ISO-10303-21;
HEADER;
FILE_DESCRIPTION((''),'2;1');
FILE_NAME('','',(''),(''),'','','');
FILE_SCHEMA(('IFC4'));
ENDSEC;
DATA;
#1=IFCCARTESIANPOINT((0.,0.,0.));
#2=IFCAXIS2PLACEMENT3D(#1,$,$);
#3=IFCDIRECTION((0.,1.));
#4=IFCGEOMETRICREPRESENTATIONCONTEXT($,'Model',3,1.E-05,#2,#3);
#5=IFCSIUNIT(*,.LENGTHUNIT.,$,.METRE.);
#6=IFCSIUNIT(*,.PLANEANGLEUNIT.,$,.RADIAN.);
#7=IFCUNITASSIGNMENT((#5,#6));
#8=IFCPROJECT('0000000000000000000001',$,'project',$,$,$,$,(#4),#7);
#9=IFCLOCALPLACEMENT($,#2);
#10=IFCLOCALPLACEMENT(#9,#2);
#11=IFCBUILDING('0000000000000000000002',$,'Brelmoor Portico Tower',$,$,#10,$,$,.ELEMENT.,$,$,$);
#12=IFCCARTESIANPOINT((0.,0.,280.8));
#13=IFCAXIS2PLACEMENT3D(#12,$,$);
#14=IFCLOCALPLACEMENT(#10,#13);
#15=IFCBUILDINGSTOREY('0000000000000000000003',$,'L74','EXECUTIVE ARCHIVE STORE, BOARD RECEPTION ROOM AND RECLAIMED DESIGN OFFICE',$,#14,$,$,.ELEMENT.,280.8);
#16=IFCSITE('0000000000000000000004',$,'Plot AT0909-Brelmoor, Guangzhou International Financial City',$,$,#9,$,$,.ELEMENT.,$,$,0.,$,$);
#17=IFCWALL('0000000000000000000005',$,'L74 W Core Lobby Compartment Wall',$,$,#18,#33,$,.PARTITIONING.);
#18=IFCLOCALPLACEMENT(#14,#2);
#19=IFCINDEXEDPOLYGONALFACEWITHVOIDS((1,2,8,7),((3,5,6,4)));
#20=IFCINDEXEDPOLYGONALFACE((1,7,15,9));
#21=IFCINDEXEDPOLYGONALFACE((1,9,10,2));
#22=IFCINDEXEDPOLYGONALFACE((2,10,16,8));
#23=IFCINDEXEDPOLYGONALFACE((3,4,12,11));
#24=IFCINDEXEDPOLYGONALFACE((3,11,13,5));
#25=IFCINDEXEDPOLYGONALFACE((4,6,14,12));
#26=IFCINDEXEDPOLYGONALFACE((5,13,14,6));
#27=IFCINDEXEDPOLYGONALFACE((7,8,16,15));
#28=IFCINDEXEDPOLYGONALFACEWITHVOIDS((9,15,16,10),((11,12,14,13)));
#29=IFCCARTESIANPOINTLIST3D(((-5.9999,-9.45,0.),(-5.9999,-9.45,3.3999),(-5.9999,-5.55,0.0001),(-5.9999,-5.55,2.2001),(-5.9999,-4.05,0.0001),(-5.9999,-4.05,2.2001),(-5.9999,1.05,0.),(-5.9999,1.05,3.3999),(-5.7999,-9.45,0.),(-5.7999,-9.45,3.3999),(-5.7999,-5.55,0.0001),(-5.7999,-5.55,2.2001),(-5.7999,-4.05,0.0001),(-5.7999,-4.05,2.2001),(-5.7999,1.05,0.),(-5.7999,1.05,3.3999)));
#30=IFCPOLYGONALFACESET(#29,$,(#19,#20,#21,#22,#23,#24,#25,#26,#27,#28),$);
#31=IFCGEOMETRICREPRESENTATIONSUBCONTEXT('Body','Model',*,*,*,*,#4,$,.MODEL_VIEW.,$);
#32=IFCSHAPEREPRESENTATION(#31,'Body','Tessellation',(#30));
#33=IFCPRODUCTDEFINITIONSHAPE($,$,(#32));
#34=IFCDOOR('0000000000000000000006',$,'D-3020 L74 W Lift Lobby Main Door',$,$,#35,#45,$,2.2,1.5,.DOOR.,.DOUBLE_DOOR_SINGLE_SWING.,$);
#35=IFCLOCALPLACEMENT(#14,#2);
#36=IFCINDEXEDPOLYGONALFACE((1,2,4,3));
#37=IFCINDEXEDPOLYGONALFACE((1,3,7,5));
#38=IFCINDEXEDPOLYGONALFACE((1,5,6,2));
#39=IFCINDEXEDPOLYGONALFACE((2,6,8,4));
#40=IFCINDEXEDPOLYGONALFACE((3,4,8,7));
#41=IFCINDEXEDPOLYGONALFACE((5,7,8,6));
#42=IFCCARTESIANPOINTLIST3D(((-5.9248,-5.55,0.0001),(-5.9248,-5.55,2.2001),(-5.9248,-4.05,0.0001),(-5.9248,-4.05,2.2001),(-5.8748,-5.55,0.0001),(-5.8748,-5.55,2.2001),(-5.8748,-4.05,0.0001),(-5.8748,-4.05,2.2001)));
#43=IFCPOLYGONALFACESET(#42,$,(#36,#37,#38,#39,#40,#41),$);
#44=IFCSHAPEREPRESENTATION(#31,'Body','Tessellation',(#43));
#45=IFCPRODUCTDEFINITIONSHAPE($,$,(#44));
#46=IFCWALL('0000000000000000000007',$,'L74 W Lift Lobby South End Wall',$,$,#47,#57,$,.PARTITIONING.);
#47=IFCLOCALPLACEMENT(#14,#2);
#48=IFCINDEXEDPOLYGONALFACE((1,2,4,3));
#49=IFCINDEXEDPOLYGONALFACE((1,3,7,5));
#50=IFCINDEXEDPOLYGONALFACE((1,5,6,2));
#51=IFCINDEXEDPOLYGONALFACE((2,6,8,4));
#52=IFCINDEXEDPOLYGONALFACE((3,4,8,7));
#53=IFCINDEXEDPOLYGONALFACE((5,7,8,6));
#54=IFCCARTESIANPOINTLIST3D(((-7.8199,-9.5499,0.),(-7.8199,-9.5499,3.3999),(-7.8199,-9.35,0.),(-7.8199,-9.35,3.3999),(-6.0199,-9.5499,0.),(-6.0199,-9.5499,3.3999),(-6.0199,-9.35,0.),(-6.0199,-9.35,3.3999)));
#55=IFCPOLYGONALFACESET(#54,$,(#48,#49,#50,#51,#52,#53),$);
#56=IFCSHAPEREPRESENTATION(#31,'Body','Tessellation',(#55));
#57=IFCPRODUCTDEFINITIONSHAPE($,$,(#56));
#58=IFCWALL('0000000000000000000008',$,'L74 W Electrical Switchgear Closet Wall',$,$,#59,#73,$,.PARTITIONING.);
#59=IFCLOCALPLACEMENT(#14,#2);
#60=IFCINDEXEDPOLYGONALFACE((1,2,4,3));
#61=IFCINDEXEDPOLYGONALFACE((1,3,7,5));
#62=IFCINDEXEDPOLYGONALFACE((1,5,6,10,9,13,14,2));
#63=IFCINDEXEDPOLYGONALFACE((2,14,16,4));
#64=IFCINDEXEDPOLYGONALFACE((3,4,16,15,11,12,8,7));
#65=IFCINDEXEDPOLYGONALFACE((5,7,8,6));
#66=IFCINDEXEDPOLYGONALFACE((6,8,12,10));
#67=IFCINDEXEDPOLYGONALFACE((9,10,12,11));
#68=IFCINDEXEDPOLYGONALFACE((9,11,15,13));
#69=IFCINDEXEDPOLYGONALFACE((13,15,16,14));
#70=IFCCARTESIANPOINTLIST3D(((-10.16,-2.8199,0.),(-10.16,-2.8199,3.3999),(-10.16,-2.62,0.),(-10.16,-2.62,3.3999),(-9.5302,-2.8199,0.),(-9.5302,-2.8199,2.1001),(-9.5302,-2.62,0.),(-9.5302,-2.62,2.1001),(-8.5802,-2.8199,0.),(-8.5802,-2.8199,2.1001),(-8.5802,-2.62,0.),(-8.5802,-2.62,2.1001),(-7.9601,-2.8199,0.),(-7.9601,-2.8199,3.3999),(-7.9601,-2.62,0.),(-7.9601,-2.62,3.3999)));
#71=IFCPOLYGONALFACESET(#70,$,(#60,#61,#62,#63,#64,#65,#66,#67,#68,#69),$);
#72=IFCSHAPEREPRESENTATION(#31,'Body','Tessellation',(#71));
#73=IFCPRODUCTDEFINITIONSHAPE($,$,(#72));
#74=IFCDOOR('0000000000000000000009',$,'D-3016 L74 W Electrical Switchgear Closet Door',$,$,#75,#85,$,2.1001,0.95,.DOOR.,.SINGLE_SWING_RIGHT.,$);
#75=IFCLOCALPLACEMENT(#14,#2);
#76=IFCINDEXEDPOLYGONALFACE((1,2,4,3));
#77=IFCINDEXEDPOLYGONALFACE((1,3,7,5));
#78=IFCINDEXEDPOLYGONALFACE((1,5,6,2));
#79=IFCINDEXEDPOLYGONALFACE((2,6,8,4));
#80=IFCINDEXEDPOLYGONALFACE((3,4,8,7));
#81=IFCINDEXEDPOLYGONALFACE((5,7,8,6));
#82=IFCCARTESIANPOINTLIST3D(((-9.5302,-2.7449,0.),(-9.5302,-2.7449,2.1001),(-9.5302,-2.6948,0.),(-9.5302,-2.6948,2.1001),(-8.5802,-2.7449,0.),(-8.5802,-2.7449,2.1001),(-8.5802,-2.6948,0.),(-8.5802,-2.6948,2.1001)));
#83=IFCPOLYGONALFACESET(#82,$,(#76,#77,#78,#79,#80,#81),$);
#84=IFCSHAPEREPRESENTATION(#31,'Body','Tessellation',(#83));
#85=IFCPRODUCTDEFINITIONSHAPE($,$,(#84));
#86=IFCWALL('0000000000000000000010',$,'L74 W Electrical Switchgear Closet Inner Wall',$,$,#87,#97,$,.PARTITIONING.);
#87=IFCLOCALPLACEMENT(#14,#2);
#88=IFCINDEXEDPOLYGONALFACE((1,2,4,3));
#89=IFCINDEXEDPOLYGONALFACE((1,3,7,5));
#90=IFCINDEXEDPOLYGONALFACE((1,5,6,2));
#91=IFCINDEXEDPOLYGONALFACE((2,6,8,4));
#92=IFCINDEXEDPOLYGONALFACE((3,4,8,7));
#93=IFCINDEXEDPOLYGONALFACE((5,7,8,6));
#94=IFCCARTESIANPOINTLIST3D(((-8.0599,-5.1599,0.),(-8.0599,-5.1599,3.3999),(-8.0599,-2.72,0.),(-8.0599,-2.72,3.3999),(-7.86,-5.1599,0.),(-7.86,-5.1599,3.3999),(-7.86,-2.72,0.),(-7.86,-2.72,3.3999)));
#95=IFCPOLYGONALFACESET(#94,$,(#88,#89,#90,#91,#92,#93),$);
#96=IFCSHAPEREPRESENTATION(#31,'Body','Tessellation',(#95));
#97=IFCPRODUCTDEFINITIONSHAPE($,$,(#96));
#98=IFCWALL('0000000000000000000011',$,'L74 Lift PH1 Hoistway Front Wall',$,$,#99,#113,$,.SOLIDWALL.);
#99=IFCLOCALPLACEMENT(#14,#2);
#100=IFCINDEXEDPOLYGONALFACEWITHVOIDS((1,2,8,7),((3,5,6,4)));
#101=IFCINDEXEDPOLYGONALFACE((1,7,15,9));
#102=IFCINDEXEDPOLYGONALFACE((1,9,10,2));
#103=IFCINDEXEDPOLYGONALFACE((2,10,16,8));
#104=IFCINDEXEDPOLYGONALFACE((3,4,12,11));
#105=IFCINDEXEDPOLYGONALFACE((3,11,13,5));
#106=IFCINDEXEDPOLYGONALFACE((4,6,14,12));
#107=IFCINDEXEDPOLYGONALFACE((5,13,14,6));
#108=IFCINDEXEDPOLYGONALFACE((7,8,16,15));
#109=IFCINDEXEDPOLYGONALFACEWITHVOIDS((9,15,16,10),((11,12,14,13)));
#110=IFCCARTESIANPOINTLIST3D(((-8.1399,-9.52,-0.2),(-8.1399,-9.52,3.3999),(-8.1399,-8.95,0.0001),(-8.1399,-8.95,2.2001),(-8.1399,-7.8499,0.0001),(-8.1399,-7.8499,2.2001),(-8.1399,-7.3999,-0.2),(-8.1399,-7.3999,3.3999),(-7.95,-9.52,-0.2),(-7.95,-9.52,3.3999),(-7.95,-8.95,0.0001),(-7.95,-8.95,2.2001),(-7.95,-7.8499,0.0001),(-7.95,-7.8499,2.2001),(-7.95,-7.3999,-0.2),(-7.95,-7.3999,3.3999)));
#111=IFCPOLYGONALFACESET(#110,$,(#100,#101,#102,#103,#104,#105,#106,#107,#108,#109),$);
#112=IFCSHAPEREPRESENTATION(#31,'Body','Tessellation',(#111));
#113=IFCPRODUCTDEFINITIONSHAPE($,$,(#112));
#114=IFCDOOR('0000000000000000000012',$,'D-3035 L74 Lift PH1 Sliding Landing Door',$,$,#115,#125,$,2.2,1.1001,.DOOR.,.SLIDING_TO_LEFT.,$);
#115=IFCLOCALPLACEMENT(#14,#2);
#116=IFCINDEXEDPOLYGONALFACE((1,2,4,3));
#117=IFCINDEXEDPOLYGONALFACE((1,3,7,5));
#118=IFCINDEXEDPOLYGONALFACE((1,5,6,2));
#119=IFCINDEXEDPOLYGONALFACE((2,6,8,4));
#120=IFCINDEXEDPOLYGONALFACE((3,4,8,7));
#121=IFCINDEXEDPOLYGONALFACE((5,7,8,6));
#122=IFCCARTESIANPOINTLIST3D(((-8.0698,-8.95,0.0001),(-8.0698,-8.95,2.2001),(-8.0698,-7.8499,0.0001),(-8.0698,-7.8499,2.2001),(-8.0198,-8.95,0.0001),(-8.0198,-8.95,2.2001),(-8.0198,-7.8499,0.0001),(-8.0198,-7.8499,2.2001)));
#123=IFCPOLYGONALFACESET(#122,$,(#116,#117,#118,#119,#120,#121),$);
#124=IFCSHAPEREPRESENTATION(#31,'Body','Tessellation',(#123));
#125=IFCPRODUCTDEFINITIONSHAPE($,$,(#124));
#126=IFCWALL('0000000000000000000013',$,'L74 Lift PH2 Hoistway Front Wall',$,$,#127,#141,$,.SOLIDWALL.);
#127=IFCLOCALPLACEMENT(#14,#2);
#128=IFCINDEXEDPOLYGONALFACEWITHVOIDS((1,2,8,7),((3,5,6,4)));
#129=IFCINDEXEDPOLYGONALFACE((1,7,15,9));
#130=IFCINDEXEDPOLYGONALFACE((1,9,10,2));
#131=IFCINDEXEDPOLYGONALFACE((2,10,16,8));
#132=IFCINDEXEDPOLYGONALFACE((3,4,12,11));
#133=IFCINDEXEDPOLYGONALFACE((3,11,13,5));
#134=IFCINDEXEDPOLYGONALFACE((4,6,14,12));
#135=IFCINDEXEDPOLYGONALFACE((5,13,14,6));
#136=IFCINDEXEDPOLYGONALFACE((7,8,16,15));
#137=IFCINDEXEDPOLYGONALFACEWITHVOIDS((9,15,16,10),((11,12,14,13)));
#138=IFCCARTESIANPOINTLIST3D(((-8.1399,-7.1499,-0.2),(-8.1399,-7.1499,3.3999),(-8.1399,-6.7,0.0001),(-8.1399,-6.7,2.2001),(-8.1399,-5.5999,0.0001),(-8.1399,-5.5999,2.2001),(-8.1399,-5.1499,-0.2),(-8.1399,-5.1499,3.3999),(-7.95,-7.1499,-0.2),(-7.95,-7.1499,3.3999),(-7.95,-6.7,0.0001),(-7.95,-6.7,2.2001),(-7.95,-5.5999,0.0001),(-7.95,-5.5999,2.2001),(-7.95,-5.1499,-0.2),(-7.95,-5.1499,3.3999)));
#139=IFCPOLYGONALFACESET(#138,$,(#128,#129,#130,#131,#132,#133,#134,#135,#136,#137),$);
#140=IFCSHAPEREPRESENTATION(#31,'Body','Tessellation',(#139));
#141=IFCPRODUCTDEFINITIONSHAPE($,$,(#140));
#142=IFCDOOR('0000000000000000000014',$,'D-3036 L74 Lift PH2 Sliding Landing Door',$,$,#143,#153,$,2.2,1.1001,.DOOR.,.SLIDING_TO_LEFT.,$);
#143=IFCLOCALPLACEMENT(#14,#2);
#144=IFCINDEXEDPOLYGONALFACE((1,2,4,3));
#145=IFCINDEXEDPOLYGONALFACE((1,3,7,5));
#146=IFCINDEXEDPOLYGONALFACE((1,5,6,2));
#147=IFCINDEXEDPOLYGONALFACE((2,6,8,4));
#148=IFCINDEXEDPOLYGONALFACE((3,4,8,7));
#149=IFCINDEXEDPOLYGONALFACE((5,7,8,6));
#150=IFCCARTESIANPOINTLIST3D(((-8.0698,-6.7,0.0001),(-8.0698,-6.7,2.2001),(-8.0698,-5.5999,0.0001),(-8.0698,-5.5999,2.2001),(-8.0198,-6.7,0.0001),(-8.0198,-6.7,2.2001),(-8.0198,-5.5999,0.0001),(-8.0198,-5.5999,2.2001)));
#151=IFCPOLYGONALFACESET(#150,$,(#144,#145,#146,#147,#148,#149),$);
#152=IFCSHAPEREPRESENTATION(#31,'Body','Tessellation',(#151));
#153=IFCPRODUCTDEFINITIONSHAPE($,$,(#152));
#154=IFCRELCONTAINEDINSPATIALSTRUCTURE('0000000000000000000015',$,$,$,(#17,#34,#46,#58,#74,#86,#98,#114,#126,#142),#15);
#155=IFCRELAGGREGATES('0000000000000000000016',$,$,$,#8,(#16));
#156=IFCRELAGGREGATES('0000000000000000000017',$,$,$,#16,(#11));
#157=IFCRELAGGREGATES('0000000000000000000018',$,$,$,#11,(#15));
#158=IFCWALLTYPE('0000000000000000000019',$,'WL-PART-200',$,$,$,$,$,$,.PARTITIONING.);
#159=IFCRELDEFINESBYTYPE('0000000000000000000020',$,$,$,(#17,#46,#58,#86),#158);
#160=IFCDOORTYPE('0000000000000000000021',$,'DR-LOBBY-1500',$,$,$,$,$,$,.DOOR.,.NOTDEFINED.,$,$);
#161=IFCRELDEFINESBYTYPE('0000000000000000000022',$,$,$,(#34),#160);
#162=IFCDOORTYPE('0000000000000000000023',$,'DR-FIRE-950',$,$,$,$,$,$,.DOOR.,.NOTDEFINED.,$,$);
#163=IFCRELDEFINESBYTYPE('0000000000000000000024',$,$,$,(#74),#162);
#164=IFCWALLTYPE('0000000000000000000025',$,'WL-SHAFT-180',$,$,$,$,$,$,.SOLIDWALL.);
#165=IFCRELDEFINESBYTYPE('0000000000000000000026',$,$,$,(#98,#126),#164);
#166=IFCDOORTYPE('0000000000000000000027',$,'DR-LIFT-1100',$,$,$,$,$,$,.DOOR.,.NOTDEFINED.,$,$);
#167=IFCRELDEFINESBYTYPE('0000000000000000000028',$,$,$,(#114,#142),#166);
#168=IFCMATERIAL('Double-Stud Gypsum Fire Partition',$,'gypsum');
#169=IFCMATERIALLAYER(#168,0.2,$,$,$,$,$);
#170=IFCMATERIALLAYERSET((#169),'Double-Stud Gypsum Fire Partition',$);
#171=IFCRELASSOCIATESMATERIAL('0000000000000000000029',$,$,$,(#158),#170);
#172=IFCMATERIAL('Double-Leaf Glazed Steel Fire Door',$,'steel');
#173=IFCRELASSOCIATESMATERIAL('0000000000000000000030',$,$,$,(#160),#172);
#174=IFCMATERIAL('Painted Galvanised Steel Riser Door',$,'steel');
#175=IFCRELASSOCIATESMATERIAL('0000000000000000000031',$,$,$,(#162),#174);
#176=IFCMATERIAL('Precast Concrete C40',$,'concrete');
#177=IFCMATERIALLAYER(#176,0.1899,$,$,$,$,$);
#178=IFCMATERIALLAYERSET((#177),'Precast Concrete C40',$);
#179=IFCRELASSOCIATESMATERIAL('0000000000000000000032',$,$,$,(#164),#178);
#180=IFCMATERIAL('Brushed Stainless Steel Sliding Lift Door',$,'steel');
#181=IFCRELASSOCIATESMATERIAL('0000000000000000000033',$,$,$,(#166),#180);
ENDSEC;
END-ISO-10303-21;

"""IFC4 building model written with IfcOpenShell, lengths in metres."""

from ifc_helpers import new_model, si_unit, direction, frame, frame_2d, origin, place, context, subcontext, project, spatial, rectangle, extrude, material, layer, layer_set, type_object, element, fill, save


model = new_model("IFC4")

# Units and contexts
model_context = context("Model", 3, precision=1e-05, world=origin(), true_north=direction((0.0, 1.0)))
body_context = subcontext(model_context, "Body", "Model", "MODEL_VIEW")
ifc_project = project(units=[si_unit("LENGTHUNIT", "METRE"), si_unit("PLANEANGLEUNIT", "RADIAN")], contexts=[model_context])

# Site, building, storey
site_placement = place(None, origin())
site = spatial("IfcSite", under=ifc_project, at=site_placement, Name="Plot AT0909-Brelmoor, Guangzhou International Financial City", CompositionType="ELEMENT", RefElevation=0.0)
building_placement = place(site_placement, origin())
building = spatial("IfcBuilding", under=site, at=building_placement, Name="Brelmoor Portico Tower", CompositionType="ELEMENT")
storey_placement = place(building_placement, frame((0.0, 0.0, 280.8)))
storey = spatial("IfcBuildingStorey", under=building, at=storey_placement, Name="L74", Description="EXECUTIVE ARCHIVE STORE, BOARD RECEPTION ROOM AND RECLAIMED DESIGN OFFICE", CompositionType="ELEMENT", Elevation=280.8)

# Wall, opening, door
ifc_material_1 = material(Name="Double-Stud Gypsum Fire Partition", Category="gypsum")
ifc_layer_1 = layer(ifc_material_1, 0.2)
ifc_layer_set_1 = layer_set([ifc_layer_1], Name="Double-Stud Gypsum Fire Partition")
wall_type_1 = type_object("IfcWallType", Name="WL-PART-200", PredefinedType="PARTITIONING", material=ifc_layer_set_1)
wall_1_placement = place(storey_placement, frame((-5.8999, -9.45, 0.0), z_axis=(0.0, 0.0, 1.0), x_axis=(0.0, 1.0, 0.0)))
wall_1 = element("IfcWall", 1, at=wall_1_placement, inside=storey, type_object=wall_type_1, Name="L74 W Core Lobby Compartment Wall", PredefinedType="PARTITIONING", context=body_context, shape_type="SweptSolid", body=[
    extrude(rectangle(XDim=10.5, YDim=0.2, at=frame_2d((5.25, 0.0))), origin(), (0.0, 0.0, 1.0), 3.3999),
])
opening_1_placement = place(wall_1_placement, frame((3.8999, 0.0, 0.0)))
opening_1 = element("IfcOpeningElement", 2, at=opening_1_placement, cuts=wall_1, PredefinedType="OPENING", context=body_context, shape_type="SweptSolid", body=[
    extrude(rectangle(XDim=1.5, YDim=2.2, at=frame_2d((0.75, 1.1001))), frame((0.0, 0.1099, 0.0), z_axis=(0.0, -1.0, 0.0), x_axis=(1.0, 0.0, 0.0)), (0.0, 0.0, 1.0), 0.22),
])
ifc_material_2 = material(Name="Double-Leaf Glazed Steel Fire Door", Category="steel")
door_type_1 = type_object("IfcDoorType", Name="DR-LOBBY-1500", OperationType="NOTDEFINED", PredefinedType="DOOR", material=ifc_material_2)
door_1_placement = place(opening_1_placement, origin())
door_1 = element("IfcDoor", 3, at=door_1_placement, inside=storey, type_object=door_type_1, Name="D-3020 L74 W Lift Lobby Main Door", OperationType="DOUBLE_DOOR_SINGLE_SWING", OverallHeight=2.2, OverallWidth=1.5, PredefinedType="DOOR", context=body_context, shape_type="SweptSolid", body=[
    extrude(rectangle(XDim=1.5, YDim=2.2, at=frame_2d((0.75, 1.1001))), frame((0.0, 0.0249, 0.0), z_axis=(0.0, -1.0, 0.0), x_axis=(1.0, 0.0, 0.0)), (0.0, 0.0, 1.0), 0.05),
])
fill(opening_1, door_1)

# Wall
wall_2_placement = place(storey_placement, frame((-6.02, -9.45, 0.0), z_axis=(0.0, 0.0, 1.0), x_axis=(-1.0, 0.0, 0.0)))
element("IfcWall", 4, at=wall_2_placement, inside=storey, type_object=wall_type_1, Name="L74 W Lift Lobby South End Wall", PredefinedType="PARTITIONING", context=body_context, shape_type="SweptSolid", body=[
    extrude(rectangle(XDim=1.8, YDim=0.2, at=frame_2d((0.8999, 0.0))), origin(), (0.0, 0.0, 1.0), 3.3999),
])

# Wall, opening, door
wall_3_placement = place(storey_placement, frame((-7.96, -2.72, 0.0), z_axis=(0.0, 0.0, 1.0), x_axis=(-1.0, 0.0, 0.0)))
wall_3 = element("IfcWall", 5, at=wall_3_placement, inside=storey, type_object=wall_type_1, Name="L74 W Electrical Switchgear Closet Wall", PredefinedType="PARTITIONING", context=body_context, shape_type="SweptSolid", body=[
    extrude(rectangle(XDim=2.2, YDim=0.2, at=frame_2d((1.1001, 0.0))), origin(), (0.0, 0.0, 1.0), 3.3999),
])
opening_2_placement = place(wall_3_placement, frame((0.6201, 0.0, 0.0)))
opening_2 = element("IfcOpeningElement", 6, at=opening_2_placement, cuts=wall_3, PredefinedType="OPENING", context=body_context, shape_type="SweptSolid", body=[
    extrude(rectangle(XDim=0.95, YDim=2.1001, at=frame_2d((0.4751, 1.05))), frame((0.0, 0.1099, 0.0), z_axis=(0.0, -1.0, 0.0), x_axis=(1.0, 0.0, 0.0)), (0.0, 0.0, 1.0), 0.22),
])
ifc_material_3 = material(Name="Painted Galvanised Steel Riser Door", Category="steel")
door_type_2 = type_object("IfcDoorType", Name="DR-FIRE-950", OperationType="NOTDEFINED", PredefinedType="DOOR", material=ifc_material_3)
door_2_placement = place(opening_2_placement, origin())
door_2 = element("IfcDoor", 7, at=door_2_placement, inside=storey, type_object=door_type_2, Name="D-3016 L74 W Electrical Switchgear Closet Door", OperationType="SINGLE_SWING_RIGHT", OverallHeight=2.1001, OverallWidth=0.95, PredefinedType="DOOR", context=body_context, shape_type="SweptSolid", body=[
    extrude(rectangle(XDim=0.95, YDim=2.1001, at=frame_2d((0.4751, 1.05))), frame((0.0, 0.0249, 0.0), z_axis=(0.0, -1.0, 0.0), x_axis=(1.0, 0.0, 0.0)), (0.0, 0.0, 1.0), 0.05),
])
fill(opening_2, door_2)

# Wall
wall_4_placement = place(storey_placement, frame((-7.96, -5.1599, 0.0), z_axis=(0.0, 0.0, 1.0), x_axis=(0.0, 1.0, 0.0)))
element("IfcWall", 8, at=wall_4_placement, inside=storey, type_object=wall_type_1, Name="L74 W Electrical Switchgear Closet Inner Wall", PredefinedType="PARTITIONING", context=body_context, shape_type="SweptSolid", body=[
    extrude(rectangle(XDim=2.4399, YDim=0.2, at=frame_2d((1.22, 0.0))), origin(), (0.0, 0.0, 1.0), 3.3999),
])

# Walls, openings, doors
ifc_material_4 = material(Name="Precast Concrete C40", Category="concrete")
ifc_layer_2 = layer(ifc_material_4, 0.1899)
ifc_layer_set_2 = layer_set([ifc_layer_2], Name="Precast Concrete C40")
wall_type_2 = type_object("IfcWallType", Name="WL-SHAFT-180", PredefinedType="SOLIDWALL", material=ifc_layer_set_2)
wall_5_placement = place(storey_placement, frame((-8.0449, -9.52, -0.2), z_axis=(0.0, 0.0, 1.0), x_axis=(0.0, 1.0, 0.0)))
wall_5 = element("IfcWall", 9, at=wall_5_placement, inside=storey, type_object=wall_type_2, Name="L74 Lift PH1 Hoistway Front Wall", PredefinedType="SOLIDWALL", context=body_context, shape_type="SweptSolid", body=[
    extrude(rectangle(XDim=2.1201, YDim=0.1899, at=frame_2d((1.0601, 0.0))), origin(), (0.0, 0.0, 1.0), 3.5999),
])
opening_3_placement = place(wall_5_placement, frame((0.5701, 0.0, 0.2)))
opening_3 = element("IfcOpeningElement", 10, at=opening_3_placement, cuts=wall_5, PredefinedType="OPENING", context=body_context, shape_type="SweptSolid", body=[
    extrude(rectangle(XDim=1.1001, YDim=2.2, at=frame_2d((0.55, 1.1001))), frame((0.0, 0.105, 0.0), z_axis=(0.0, -1.0, 0.0), x_axis=(1.0, 0.0, 0.0)), (0.0, 0.0, 1.0), 0.21),
])
ifc_material_5 = material(Name="Brushed Stainless Steel Sliding Lift Door", Category="steel")
door_type_3 = type_object("IfcDoorType", Name="DR-LIFT-1100", OperationType="NOTDEFINED", PredefinedType="DOOR", material=ifc_material_5)
door_3_placement = place(opening_3_placement, origin())
door_3 = element("IfcDoor", 11, at=door_3_placement, inside=storey, type_object=door_type_3, Name="D-3035 L74 Lift PH1 Sliding Landing Door", OperationType="SLIDING_TO_LEFT", OverallHeight=2.2, OverallWidth=1.1001, PredefinedType="DOOR", context=body_context, shape_type="SweptSolid", body=[
    extrude(rectangle(XDim=1.1001, YDim=2.2, at=frame_2d((0.55, 1.1001))), frame((0.0, 0.0249, 0.0), z_axis=(0.0, -1.0, 0.0), x_axis=(1.0, 0.0, 0.0)), (0.0, 0.0, 1.0), 0.05),
])
fill(opening_3, door_3)
wall_6_placement = place(storey_placement, frame((-8.0449, -7.1499, -0.2), z_axis=(0.0, 0.0, 1.0), x_axis=(0.0, 1.0, 0.0)))
wall_6 = element("IfcWall", 12, at=wall_6_placement, inside=storey, type_object=wall_type_2, Name="L74 Lift PH2 Hoistway Front Wall", PredefinedType="SOLIDWALL", context=body_context, shape_type="SweptSolid", body=[
    extrude(rectangle(XDim=2.0, YDim=0.1899, at=frame_2d((1.0, 0.0))), origin(), (0.0, 0.0, 1.0), 3.5999),
])
opening_4_placement = place(wall_6_placement, frame((0.45, 0.0, 0.2)))
opening_4 = element("IfcOpeningElement", 13, at=opening_4_placement, cuts=wall_6, PredefinedType="OPENING", context=body_context, shape_type="SweptSolid", body=[
    extrude(rectangle(XDim=1.1001, YDim=2.2, at=frame_2d((0.55, 1.1001))), frame((0.0, 0.105, 0.0), z_axis=(0.0, -1.0, 0.0), x_axis=(1.0, 0.0, 0.0)), (0.0, 0.0, 1.0), 0.21),
])
door_4_placement = place(opening_4_placement, origin())
door_4 = element("IfcDoor", 14, at=door_4_placement, inside=storey, type_object=door_type_3, Name="D-3036 L74 Lift PH2 Sliding Landing Door", OperationType="SLIDING_TO_LEFT", OverallHeight=2.2, OverallWidth=1.1001, PredefinedType="DOOR", context=body_context, shape_type="SweptSolid", body=[
    extrude(rectangle(XDim=1.1001, YDim=2.2, at=frame_2d((0.55, 1.1001))), frame((0.0, 0.0249, 0.0), z_axis=(0.0, -1.0, 0.0), x_axis=(1.0, 0.0, 0.0)), (0.0, 0.0, 1.0), 0.05),
])
fill(opening_4, door_4)

save(model, "model.ifc")
